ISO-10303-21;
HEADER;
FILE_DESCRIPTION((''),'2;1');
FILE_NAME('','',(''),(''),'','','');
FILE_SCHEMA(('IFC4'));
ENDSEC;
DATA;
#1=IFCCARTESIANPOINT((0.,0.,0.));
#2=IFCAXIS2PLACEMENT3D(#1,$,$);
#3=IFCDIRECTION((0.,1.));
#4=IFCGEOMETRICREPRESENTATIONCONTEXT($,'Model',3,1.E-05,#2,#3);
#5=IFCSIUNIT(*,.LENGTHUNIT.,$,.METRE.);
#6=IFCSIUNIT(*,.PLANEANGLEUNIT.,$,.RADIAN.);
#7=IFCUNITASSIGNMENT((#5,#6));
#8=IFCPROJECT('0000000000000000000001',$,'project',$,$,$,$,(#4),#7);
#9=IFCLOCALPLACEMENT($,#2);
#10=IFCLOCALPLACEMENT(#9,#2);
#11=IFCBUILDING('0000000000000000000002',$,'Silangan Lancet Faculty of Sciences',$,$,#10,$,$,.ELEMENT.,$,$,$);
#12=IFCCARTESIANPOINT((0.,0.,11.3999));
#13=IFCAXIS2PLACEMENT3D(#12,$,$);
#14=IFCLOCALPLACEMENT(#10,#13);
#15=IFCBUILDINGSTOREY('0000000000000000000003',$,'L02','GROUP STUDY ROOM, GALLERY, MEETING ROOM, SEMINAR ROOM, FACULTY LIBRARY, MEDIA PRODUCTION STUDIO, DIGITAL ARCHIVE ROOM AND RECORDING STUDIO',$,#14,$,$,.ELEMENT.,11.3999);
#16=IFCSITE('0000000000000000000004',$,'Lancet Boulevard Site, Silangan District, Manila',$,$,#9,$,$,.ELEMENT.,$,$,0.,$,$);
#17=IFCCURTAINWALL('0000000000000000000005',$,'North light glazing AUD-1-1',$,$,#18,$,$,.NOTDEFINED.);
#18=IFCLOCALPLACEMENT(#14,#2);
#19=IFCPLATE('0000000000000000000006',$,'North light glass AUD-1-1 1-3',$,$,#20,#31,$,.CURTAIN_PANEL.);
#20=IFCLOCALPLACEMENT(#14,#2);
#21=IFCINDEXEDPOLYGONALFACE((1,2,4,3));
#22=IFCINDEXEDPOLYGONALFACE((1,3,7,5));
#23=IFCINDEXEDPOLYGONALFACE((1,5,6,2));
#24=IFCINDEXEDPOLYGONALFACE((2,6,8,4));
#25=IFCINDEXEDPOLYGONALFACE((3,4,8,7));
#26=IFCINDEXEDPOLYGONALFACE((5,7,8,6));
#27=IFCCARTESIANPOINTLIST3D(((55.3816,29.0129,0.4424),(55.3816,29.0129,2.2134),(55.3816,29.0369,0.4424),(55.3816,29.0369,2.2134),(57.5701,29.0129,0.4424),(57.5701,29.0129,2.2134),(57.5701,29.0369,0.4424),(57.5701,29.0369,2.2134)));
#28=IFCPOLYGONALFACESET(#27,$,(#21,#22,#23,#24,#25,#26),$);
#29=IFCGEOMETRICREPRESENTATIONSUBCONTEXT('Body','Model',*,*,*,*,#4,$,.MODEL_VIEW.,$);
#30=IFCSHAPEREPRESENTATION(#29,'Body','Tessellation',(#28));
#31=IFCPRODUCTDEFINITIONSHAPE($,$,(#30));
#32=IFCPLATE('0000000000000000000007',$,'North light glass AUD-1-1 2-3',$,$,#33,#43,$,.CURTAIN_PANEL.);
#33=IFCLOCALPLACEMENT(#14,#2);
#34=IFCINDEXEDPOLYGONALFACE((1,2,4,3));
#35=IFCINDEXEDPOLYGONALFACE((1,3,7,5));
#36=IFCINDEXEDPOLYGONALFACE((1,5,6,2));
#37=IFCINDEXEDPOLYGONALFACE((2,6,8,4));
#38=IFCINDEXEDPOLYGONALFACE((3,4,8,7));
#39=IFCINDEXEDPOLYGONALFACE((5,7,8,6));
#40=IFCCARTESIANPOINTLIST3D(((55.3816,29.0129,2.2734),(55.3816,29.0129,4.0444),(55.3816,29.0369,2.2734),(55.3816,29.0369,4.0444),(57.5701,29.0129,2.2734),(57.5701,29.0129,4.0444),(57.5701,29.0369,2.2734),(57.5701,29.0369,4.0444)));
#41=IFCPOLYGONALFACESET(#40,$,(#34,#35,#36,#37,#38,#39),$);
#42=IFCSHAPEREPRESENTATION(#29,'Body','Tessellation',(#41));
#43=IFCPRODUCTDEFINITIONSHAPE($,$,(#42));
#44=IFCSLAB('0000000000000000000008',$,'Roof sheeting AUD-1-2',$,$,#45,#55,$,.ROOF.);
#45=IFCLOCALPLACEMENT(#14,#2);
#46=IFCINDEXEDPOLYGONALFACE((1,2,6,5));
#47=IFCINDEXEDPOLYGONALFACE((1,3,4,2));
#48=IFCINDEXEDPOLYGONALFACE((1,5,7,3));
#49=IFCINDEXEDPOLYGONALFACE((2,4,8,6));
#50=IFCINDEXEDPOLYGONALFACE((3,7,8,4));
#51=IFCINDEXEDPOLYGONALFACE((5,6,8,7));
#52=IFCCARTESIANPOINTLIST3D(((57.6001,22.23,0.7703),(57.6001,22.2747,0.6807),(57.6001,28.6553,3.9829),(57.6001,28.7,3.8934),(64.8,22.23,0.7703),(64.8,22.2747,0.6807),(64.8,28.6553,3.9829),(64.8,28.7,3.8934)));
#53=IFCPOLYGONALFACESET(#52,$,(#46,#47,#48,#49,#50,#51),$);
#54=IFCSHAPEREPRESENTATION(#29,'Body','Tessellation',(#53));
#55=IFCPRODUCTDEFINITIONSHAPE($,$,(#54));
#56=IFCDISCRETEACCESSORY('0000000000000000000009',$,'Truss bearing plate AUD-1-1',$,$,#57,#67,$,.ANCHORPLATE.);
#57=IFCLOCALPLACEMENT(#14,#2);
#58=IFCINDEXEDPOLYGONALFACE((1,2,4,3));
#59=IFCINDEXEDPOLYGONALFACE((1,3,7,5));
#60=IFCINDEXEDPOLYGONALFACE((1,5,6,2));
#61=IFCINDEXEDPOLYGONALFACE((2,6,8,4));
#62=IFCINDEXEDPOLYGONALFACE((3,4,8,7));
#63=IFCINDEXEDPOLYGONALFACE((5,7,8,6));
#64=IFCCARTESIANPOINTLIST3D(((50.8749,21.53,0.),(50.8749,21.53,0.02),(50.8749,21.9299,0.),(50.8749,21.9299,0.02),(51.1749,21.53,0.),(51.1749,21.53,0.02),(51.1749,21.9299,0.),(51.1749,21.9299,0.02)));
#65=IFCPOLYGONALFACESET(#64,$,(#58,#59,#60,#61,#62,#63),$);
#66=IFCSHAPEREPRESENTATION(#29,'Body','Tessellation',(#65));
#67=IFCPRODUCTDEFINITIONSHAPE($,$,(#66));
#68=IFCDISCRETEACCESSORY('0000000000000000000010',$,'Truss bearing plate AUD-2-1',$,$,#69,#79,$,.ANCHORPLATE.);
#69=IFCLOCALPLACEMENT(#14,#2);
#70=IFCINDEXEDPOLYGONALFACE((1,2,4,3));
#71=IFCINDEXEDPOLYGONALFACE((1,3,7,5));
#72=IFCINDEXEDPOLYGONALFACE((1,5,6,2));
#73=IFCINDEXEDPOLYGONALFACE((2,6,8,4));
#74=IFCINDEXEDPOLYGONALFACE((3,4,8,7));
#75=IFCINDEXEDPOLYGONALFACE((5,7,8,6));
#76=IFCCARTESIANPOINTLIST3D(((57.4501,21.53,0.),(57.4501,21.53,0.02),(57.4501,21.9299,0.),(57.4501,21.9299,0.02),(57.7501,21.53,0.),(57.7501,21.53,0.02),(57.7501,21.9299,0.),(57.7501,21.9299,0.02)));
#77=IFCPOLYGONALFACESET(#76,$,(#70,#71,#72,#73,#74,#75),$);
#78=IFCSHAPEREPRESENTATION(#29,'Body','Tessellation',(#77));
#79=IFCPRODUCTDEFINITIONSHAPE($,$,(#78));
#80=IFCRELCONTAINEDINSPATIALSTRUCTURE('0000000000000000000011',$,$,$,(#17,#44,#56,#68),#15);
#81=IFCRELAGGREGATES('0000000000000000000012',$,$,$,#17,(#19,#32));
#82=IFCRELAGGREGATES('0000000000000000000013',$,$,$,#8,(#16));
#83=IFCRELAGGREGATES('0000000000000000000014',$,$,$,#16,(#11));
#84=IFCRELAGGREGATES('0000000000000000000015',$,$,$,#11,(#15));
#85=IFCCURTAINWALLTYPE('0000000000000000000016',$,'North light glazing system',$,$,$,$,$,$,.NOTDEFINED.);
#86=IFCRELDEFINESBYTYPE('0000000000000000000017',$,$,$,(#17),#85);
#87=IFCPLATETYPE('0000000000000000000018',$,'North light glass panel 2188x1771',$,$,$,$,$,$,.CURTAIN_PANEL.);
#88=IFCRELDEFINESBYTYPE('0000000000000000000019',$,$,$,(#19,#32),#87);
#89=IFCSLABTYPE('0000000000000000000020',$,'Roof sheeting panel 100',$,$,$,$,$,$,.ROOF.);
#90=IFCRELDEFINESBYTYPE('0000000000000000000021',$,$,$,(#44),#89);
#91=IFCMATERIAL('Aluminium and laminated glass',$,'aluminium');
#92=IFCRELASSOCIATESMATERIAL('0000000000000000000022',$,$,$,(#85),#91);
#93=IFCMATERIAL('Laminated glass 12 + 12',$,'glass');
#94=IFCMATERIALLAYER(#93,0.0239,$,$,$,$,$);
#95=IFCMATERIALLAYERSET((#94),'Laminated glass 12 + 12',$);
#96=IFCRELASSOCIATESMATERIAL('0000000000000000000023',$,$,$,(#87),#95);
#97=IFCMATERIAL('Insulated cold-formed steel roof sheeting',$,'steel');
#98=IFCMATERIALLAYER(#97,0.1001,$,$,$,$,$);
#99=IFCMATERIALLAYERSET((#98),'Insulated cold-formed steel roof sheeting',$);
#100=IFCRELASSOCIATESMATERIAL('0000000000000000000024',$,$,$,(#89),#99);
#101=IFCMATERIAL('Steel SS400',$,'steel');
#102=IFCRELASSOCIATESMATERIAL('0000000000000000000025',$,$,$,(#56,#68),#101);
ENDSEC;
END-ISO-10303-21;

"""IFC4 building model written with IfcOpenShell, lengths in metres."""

from ifc_helpers import new_model, si_unit, direction, frame, origin, origin_2d, place, context, subcontext, project, spatial, polyline, rectangle, outline, extrude, material, layer, layer_set, type_object, element, aggregate, save


model = new_model("IFC4")

# Units and contexts
model_context = context("Model", 3, precision=1e-05, world=origin(), true_north=direction((0.0, 1.0)))
body_context = subcontext(model_context, "Body", "Model", "MODEL_VIEW")
ifc_project = project(units=[si_unit("LENGTHUNIT", "METRE"), si_unit("PLANEANGLEUNIT", "RADIAN")], contexts=[model_context])

# Site, building, storey
site_placement = place(None, origin())
site = spatial("IfcSite", under=ifc_project, at=site_placement, Name="Lancet Boulevard Site, Silangan District, Manila", CompositionType="ELEMENT", RefElevation=0.0)
building_placement = place(site_placement, origin())
building = spatial("IfcBuilding", under=site, at=building_placement, Name="Silangan Lancet Faculty of Sciences", CompositionType="ELEMENT")
storey_placement = place(building_placement, frame((0.0, 0.0, 11.3999)))
storey = spatial("IfcBuildingStorey", under=building, at=storey_placement, Name="L02", Description="GROUP STUDY ROOM, GALLERY, MEETING ROOM, SEMINAR ROOM, FACULTY LIBRARY, MEDIA PRODUCTION STUDIO, DIGITAL ARCHIVE ROOM AND RECORDING STUDIO", CompositionType="ELEMENT", Elevation=11.3999)

# Shared definitions
ifc_material_1 = material(Name="Aluminium and laminated glass", Category="aluminium")
curtain_wall_type = type_object("IfcCurtainWallType", Name="North light glazing system", PredefinedType="NOTDEFINED", material=ifc_material_1)

# Curtain wall, plates
curtain_wall_1_placement = place(storey_placement, origin())
curtain_wall_1 = element("IfcCurtainWall", 1, at=curtain_wall_1_placement, inside=storey, type_object=curtain_wall_type, Name="North light glazing AUD-1-1", PredefinedType="NOTDEFINED")
ifc_material_2 = material(Name="Laminated glass 12 + 12", Category="glass")
ifc_layer_1 = layer(ifc_material_2, 0.0239)
ifc_layer_set_1 = layer_set([ifc_layer_1], Name="Laminated glass 12 + 12")
plate_type_1 = type_object("IfcPlateType", Name="North light glass panel 2188x1771", PredefinedType="CURTAIN_PANEL", material=ifc_layer_set_1)
plate_1_placement = place(storey_placement, frame((55.3816, 29.0129, 0.4424), z_axis=(0.0, -1.0, 0.0), x_axis=(1.0, 0.0, 0.0)))
plate_1 = element("IfcPlate", 2, at=plate_1_placement, type_object=plate_type_1, Name="North light glass AUD-1-1 1-3", PredefinedType="CURTAIN_PANEL", context=body_context, shape_type="SweptSolid", body=[
    extrude(outline(polyline([(0.0, 0.0), (2.1885, 0.0), (2.1885, 1.771), (0.0, 1.771), (0.0, 0.0)])), origin(), (0.0, 0.0, -1.0), 0.0239),
])
plate_2_placement = place(storey_placement, frame((55.3816, 29.0129, 2.2734), z_axis=(0.0, -1.0, 0.0), x_axis=(1.0, 0.0, 0.0)))
plate_2 = element("IfcPlate", 3, at=plate_2_placement, type_object=plate_type_1, Name="North light glass AUD-1-1 2-3", PredefinedType="CURTAIN_PANEL", context=body_context, shape_type="SweptSolid", body=[
    extrude(outline(polyline([(0.0, 0.0), (2.1885, 0.0), (2.1885, 1.771), (0.0, 1.771), (0.0, 0.0)])), origin(), (0.0, 0.0, -1.0), 0.0239),
])
aggregate(curtain_wall_1, [plate_1, plate_2])

# Slab
ifc_material_3 = material(Name="Insulated cold-formed steel roof sheeting", Category="steel")
ifc_layer_2 = layer(ifc_material_3, 0.1001)
ifc_layer_set_2 = layer_set([ifc_layer_2], Name="Insulated cold-formed steel roof sheeting")
slab_type = type_object("IfcSlabType", Name="Roof sheeting panel 100", PredefinedType="ROOF", material=ifc_layer_set_2)
slab_placement = place(storey_placement, frame((57.6001, 22.23, 0.7703), z_axis=(0.0, -0.447214, 0.894427), x_axis=(1.0, 0.0, 0.0)))
element("IfcSlab", 4, at=slab_placement, inside=storey, type_object=slab_type, Name="Roof sheeting AUD-1-2", PredefinedType="ROOF", context=body_context, shape_type="SweptSolid", body=[
    extrude(outline(polyline([(0.0, 0.0), (7.2, 0.0), (7.2, 7.1837), (0.0, 7.1837), (0.0, 0.0)])), origin(), (0.0, 0.0, -1.0), 0.1001),
])

# Discrete accessories
ifc_material_4 = material(Name="Steel SS400", Category="steel")
for number, where, z_axis, x_axis, name in (
    (5, (51.0249, 21.73, 0.0), (0.0, 0.0, 1.0), (1.0, 0.0, 0.0), "Truss bearing plate AUD-1-1"),
    (6, (57.6001, 21.73, 0.0), (0.0, 0.0, 1.0), (1.0, 0.0, 0.0), "Truss bearing plate AUD-2-1"),
):
    element("IfcDiscreteAccessory", number, at=place(storey_placement, frame(where, z_axis=z_axis, x_axis=x_axis)), inside=storey, material=ifc_material_4, Name=name, PredefinedType="ANCHORPLATE", context=body_context, shape_type="SweptSolid", body=[
        extrude(rectangle(XDim=0.3, YDim=0.3999, at=origin_2d()), origin(), (0.0, 0.0, 1.0), 0.02),
    ])

save(model, "model.ifc")
